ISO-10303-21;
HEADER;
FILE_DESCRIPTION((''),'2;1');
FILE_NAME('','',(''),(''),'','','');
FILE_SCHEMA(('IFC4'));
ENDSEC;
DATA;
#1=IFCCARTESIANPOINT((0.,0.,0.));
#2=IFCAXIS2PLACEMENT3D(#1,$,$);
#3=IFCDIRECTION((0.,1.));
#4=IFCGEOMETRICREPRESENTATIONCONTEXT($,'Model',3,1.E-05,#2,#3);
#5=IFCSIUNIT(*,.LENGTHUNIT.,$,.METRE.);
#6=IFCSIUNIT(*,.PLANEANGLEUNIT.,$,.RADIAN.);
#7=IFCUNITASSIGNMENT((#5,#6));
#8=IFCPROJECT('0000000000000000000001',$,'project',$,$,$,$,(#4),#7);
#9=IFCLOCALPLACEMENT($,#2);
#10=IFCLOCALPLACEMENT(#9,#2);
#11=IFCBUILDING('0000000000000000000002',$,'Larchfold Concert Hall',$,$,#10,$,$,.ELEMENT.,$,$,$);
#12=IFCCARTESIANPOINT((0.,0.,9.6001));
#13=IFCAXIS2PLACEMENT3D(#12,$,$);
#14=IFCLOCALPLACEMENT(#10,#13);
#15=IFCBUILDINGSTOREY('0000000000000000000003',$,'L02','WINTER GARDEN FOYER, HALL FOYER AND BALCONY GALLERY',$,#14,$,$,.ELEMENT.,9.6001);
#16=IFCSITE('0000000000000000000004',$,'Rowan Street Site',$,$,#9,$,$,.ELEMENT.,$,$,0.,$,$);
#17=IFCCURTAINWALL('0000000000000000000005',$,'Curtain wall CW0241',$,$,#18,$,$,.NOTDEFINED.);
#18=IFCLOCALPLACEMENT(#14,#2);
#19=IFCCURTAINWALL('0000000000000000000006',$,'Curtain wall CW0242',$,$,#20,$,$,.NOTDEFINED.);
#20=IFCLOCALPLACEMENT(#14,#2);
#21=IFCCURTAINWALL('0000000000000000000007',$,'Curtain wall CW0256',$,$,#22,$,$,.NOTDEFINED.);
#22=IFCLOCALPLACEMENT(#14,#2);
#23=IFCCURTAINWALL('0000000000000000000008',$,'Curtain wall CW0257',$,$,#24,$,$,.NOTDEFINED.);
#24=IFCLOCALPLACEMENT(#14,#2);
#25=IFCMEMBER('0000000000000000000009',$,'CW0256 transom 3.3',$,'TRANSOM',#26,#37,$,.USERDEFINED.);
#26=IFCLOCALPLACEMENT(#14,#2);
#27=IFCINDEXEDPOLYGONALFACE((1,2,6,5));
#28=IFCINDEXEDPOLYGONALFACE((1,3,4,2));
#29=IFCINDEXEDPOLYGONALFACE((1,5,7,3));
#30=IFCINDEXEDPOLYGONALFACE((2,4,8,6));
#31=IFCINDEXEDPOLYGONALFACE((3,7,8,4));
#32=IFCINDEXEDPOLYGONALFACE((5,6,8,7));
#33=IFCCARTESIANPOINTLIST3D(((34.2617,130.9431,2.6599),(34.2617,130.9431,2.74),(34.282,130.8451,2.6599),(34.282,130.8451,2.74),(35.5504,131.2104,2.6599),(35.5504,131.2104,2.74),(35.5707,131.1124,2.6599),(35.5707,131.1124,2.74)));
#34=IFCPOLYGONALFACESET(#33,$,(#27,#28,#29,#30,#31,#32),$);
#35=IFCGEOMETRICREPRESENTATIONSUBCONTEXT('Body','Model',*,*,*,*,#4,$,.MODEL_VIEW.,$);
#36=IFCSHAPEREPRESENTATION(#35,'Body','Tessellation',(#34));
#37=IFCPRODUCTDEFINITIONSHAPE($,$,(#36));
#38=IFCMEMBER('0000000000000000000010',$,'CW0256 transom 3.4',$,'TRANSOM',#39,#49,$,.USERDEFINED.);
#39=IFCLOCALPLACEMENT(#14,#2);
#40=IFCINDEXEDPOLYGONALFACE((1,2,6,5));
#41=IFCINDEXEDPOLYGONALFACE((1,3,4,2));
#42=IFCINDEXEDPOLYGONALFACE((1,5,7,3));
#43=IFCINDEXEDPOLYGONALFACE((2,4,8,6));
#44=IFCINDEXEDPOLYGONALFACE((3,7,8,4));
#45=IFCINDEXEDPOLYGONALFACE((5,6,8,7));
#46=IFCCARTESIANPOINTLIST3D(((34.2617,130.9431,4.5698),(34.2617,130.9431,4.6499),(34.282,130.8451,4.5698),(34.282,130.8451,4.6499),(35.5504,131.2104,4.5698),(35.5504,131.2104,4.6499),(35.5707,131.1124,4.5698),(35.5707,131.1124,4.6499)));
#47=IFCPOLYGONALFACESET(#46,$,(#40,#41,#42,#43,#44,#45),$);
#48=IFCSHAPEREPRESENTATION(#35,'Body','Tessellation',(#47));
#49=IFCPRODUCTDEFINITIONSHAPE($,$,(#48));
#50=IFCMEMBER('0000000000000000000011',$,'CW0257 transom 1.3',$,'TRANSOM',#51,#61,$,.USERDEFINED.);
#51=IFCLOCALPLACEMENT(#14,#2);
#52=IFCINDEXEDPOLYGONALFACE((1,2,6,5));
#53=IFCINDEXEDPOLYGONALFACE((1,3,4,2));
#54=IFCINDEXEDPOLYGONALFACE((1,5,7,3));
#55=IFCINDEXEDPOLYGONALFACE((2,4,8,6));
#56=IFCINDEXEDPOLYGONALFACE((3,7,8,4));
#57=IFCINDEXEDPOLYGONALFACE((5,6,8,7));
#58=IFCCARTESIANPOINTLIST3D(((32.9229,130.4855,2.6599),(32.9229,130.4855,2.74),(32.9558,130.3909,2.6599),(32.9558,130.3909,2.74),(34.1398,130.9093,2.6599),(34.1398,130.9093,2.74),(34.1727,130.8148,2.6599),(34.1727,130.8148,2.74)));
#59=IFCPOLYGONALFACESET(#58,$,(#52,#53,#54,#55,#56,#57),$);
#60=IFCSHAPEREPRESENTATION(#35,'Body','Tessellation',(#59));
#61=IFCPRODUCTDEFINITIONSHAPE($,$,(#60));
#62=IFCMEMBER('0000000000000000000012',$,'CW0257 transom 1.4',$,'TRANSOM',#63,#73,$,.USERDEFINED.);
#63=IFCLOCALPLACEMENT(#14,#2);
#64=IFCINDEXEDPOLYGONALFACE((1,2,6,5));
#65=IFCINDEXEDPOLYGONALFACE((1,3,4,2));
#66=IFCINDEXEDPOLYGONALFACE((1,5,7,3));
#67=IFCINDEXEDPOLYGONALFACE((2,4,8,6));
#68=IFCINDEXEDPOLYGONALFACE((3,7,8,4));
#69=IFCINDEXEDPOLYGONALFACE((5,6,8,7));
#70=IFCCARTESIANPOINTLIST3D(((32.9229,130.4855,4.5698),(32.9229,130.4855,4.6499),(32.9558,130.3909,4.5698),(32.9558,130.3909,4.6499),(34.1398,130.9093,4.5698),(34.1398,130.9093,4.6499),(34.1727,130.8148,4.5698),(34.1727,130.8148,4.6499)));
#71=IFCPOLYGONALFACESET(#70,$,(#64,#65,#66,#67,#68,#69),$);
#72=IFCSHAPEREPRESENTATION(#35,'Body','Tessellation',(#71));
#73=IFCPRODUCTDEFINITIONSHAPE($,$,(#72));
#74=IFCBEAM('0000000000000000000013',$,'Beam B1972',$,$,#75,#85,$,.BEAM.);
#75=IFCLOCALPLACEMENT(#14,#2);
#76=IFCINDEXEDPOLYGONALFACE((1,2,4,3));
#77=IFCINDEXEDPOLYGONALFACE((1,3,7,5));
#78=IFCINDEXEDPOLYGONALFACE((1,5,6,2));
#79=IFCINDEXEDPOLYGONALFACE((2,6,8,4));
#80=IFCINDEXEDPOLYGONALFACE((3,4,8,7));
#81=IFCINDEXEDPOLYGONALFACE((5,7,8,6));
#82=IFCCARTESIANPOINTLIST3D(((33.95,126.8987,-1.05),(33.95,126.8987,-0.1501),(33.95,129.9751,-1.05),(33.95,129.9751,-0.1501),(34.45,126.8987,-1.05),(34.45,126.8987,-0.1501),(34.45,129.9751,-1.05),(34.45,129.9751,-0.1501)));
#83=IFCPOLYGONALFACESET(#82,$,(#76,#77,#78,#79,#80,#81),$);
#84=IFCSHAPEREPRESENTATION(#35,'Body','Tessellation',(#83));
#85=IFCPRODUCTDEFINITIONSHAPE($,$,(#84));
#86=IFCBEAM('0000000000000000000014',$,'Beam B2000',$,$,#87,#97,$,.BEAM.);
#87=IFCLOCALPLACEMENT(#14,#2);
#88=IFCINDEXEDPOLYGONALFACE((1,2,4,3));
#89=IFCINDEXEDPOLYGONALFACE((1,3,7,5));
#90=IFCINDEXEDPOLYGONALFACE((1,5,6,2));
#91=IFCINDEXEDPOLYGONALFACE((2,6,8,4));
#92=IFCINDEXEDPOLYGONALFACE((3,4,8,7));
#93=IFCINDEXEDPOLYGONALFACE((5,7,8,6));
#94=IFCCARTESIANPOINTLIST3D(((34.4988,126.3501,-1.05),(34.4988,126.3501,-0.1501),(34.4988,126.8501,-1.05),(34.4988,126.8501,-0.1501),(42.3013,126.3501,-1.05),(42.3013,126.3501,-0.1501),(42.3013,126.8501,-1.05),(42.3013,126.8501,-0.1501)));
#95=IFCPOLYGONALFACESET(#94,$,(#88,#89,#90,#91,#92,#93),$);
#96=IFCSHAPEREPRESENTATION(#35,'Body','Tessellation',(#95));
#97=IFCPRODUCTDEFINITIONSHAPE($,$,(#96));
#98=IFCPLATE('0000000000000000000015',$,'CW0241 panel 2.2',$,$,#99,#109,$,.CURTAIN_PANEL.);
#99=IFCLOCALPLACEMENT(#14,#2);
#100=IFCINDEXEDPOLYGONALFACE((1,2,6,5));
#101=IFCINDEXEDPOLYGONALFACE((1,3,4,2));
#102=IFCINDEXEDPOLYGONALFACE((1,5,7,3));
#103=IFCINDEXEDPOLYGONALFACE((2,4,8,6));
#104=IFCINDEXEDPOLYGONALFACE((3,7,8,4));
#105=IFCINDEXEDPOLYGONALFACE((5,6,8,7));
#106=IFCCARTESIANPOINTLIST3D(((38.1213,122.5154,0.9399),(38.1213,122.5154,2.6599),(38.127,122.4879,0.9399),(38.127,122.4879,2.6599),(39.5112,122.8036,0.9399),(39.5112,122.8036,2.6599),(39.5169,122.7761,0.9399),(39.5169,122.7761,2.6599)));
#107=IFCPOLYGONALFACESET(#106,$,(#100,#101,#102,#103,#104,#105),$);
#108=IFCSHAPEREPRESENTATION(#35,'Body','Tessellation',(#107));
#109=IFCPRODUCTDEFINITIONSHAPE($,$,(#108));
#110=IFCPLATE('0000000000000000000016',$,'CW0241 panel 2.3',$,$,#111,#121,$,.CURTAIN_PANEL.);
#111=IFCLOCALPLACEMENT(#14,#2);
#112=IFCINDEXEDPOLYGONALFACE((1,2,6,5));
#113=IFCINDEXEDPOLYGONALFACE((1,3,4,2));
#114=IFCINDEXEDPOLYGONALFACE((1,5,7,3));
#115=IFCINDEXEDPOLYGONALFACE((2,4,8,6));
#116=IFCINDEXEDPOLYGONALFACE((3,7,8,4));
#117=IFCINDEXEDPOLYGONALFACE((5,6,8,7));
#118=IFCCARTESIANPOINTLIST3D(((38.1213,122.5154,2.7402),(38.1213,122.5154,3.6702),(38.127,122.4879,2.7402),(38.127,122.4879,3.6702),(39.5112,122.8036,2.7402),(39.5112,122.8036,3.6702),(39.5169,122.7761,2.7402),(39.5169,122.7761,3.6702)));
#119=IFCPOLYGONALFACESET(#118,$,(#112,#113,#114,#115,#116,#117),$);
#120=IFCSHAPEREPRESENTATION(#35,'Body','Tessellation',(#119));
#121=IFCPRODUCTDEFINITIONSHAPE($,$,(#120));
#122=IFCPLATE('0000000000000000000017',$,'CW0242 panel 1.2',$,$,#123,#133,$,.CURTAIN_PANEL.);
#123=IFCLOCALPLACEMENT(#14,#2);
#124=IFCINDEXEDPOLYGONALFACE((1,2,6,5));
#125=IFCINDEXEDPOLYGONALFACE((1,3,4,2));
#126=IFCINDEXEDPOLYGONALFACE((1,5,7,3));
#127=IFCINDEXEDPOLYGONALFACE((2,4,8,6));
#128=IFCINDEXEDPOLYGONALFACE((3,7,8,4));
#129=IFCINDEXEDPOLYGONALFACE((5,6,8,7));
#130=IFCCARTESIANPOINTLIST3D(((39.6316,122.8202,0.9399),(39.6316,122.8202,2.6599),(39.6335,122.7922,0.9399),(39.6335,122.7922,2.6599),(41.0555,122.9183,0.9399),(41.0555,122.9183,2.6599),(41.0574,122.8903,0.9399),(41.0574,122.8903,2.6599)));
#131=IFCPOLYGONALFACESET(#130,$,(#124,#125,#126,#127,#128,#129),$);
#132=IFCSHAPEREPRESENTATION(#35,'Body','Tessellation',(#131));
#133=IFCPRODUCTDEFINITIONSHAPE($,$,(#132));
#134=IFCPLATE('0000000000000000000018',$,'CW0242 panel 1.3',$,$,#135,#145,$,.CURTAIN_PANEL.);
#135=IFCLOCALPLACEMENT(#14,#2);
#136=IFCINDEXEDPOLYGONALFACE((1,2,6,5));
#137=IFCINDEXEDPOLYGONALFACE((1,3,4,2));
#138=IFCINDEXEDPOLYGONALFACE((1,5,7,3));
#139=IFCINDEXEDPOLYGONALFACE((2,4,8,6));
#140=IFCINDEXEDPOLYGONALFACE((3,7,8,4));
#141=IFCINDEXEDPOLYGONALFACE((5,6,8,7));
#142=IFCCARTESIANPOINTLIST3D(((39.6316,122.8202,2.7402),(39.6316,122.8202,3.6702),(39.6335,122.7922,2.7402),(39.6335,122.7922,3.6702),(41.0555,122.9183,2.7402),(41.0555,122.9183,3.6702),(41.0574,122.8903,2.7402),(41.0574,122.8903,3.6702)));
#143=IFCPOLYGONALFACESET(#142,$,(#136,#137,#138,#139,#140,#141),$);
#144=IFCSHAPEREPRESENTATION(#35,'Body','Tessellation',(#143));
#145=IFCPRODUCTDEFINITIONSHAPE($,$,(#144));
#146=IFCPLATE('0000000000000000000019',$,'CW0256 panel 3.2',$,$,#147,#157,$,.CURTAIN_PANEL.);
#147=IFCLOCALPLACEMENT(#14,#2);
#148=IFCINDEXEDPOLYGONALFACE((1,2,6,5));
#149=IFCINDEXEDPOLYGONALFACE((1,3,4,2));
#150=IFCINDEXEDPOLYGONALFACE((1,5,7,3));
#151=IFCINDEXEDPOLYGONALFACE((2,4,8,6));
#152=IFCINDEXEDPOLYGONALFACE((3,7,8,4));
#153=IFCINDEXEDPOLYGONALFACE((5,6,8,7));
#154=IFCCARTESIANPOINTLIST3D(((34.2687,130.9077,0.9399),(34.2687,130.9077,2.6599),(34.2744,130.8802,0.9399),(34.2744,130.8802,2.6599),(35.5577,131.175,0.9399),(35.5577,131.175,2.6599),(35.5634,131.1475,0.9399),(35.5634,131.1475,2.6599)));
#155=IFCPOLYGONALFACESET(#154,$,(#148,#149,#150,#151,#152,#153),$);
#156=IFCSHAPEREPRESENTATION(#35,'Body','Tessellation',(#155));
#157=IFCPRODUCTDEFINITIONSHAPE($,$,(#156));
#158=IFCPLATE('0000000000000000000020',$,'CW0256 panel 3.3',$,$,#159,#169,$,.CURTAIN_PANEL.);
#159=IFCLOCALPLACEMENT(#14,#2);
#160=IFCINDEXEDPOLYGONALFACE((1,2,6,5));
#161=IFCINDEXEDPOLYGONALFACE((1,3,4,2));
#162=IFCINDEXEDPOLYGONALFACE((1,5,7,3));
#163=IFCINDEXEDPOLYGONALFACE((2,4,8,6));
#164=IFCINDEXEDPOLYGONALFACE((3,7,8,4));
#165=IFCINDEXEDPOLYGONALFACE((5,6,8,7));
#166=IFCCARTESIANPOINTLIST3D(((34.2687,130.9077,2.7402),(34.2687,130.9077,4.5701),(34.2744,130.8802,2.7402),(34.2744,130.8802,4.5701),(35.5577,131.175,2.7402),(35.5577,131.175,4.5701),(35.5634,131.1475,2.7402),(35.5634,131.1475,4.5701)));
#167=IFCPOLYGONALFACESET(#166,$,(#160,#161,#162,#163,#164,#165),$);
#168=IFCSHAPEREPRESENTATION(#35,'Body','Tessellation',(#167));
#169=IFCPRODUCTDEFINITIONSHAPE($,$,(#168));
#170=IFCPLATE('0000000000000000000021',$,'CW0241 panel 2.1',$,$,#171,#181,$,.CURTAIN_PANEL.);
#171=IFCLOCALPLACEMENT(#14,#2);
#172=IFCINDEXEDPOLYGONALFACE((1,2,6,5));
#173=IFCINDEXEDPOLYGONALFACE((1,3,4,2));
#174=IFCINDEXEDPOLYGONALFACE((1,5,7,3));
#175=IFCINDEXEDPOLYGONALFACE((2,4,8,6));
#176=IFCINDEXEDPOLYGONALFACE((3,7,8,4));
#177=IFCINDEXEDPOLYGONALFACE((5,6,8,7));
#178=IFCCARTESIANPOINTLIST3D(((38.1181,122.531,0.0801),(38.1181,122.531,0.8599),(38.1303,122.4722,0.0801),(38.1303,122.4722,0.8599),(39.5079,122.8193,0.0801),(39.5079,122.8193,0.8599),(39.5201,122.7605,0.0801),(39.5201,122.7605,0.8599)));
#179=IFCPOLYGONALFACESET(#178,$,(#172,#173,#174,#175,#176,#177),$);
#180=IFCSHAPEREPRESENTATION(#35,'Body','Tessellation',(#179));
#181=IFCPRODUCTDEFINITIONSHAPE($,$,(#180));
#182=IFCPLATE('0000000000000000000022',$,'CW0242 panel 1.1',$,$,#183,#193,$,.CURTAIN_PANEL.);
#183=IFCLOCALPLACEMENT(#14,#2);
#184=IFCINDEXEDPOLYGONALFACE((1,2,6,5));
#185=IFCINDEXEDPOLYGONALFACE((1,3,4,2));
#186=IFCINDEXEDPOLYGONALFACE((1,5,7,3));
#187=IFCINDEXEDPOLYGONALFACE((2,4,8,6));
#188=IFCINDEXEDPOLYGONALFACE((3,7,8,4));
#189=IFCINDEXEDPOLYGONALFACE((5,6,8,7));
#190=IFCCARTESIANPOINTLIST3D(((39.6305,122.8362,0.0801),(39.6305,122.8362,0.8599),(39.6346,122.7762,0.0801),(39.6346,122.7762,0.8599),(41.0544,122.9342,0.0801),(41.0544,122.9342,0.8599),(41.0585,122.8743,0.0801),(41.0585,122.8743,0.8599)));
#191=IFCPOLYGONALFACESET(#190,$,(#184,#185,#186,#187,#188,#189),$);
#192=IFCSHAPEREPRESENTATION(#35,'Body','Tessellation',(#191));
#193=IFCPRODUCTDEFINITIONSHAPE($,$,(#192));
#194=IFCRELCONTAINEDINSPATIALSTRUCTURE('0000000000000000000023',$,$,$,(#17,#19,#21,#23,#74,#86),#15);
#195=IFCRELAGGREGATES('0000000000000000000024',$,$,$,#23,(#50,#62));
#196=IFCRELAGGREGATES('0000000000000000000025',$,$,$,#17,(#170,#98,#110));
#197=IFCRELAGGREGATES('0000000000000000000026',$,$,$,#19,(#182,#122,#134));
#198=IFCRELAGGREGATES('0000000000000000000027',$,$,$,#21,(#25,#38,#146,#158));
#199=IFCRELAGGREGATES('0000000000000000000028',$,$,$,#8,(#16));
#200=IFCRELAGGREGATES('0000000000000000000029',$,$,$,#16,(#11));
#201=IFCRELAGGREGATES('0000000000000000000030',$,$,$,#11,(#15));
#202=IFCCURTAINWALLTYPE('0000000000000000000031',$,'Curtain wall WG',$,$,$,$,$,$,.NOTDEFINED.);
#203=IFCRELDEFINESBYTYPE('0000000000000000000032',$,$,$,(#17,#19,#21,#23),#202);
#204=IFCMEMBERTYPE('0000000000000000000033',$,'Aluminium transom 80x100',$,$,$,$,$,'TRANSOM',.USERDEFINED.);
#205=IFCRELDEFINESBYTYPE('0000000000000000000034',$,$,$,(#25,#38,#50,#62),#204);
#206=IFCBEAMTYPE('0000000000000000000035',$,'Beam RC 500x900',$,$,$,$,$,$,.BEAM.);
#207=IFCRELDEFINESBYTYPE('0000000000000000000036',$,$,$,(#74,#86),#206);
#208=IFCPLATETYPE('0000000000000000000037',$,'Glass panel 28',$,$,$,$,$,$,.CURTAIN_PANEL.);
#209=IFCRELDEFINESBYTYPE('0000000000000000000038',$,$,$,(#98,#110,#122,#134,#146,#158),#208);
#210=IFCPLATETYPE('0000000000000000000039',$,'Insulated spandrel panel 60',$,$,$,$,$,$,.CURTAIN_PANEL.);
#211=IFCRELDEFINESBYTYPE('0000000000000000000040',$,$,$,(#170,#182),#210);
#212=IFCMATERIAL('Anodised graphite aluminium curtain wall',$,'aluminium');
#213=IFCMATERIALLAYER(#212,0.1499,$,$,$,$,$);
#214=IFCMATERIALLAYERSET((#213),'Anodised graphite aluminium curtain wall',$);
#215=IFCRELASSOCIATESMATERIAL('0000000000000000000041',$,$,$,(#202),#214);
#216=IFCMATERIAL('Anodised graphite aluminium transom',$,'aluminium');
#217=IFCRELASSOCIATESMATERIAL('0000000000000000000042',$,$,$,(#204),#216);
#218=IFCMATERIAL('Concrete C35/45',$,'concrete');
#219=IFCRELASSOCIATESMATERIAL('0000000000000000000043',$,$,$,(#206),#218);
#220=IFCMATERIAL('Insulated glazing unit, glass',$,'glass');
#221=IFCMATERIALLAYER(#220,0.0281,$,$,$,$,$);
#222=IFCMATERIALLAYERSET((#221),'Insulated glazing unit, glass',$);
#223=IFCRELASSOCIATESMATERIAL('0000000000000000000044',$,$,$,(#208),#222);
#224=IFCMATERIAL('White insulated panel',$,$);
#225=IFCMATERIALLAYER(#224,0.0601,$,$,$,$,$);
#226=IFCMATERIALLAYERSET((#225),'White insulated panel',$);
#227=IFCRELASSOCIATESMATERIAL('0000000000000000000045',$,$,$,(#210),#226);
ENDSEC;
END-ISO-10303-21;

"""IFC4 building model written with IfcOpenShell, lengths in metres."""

from ifc_helpers import new_model, si_unit, direction, frame, origin, origin_2d, place, context, subcontext, project, spatial, rectangle, extrude, material, layer, layer_set, material_profile, profile_set, type_object, element, aggregate, save


model = new_model("IFC4")

# Units and contexts
model_context = context("Model", 3, precision=1e-05, world=origin(), true_north=direction((0.0, 1.0)))
body_context = subcontext(model_context, "Body", "Model", "MODEL_VIEW")
ifc_project = project(units=[si_unit("LENGTHUNIT", "METRE"), si_unit("PLANEANGLEUNIT", "RADIAN")], contexts=[model_context])

# Site, building, storey
site_placement = place(None, origin())
site = spatial("IfcSite", under=ifc_project, at=site_placement, Name="Rowan Street Site", CompositionType="ELEMENT", RefElevation=0.0)
building_placement = place(site_placement, origin())
building = spatial("IfcBuilding", under=site, at=building_placement, Name="Larchfold Concert Hall", CompositionType="ELEMENT")
storey_placement = place(building_placement, frame((0.0, 0.0, 9.6001)))
storey = spatial("IfcBuildingStorey", under=building, at=storey_placement, Name="L02", Description="WINTER GARDEN FOYER, HALL FOYER AND BALCONY GALLERY", CompositionType="ELEMENT", Elevation=9.6001)

# Curtain walls
ifc_material_1 = material(Name="Anodised graphite aluminium curtain wall", Category="aluminium")
ifc_layer_1 = layer(ifc_material_1, 0.1499)
ifc_layer_set_1 = layer_set([ifc_layer_1], Name="Anodised graphite aluminium curtain wall")
curtain_wall_type = type_object("IfcCurtainWallType", Name="Curtain wall WG", PredefinedType="NOTDEFINED", material=ifc_layer_set_1)
curtain_wall_1_placement = place(storey_placement, origin())
curtain_wall_1 = element("IfcCurtainWall", 1, at=curtain_wall_1_placement, inside=storey, type_object=curtain_wall_type, Name="Curtain wall CW0241", PredefinedType="NOTDEFINED")
curtain_wall_2_placement = place(storey_placement, origin())
curtain_wall_2 = element("IfcCurtainWall", 2, at=curtain_wall_2_placement, inside=storey, type_object=curtain_wall_type, Name="Curtain wall CW0242", PredefinedType="NOTDEFINED")

# Curtain wall
curtain_wall_3_placement = place(storey_placement, origin())
curtain_wall_3 = element("IfcCurtainWall", 3, at=curtain_wall_3_placement, inside=storey, type_object=curtain_wall_type, Name="Curtain wall CW0256", PredefinedType="NOTDEFINED")

# Curtain wall
curtain_wall_4_placement = place(storey_placement, origin())
curtain_wall_4 = element("IfcCurtainWall", 4, at=curtain_wall_4_placement, inside=storey, type_object=curtain_wall_type, Name="Curtain wall CW0257", PredefinedType="NOTDEFINED")

# Members
ifc_material_2 = material(Name="Anodised graphite aluminium transom", Category="aluminium")
ifc_material_profile_1 = material_profile(ifc_material_2, rectangle(XDim=0.1001, YDim=0.0801, at=origin_2d()))
ifc_profile_set_1 = profile_set([ifc_material_profile_1], Name="Anodised graphite aluminium transom")
member_type_1 = type_object("IfcMemberType", Name="Aluminium transom 80x100", ElementType="TRANSOM", PredefinedType="USERDEFINED", material=ifc_profile_set_1)
member_1_placement = place(storey_placement, frame((35.5605, 131.1614, 2.7), z_axis=(-0.979158, -0.203102, 0.0), x_axis=(0.203102, -0.979158, 0.0)))
member_1 = element("IfcMember", 5, at=member_1_placement, type_object=member_type_1, Name="CW0256 transom 3.3", ObjectType="TRANSOM", PredefinedType="USERDEFINED", context=body_context, shape_type="SweptSolid", body=[
    extrude(rectangle(XDim=0.1001, YDim=0.0801, at=origin_2d()), origin(), (0.0, 0.0, 1.0), 1.3162),
])
member_2_placement = place(storey_placement, frame((35.5605, 131.1614, 4.6099), z_axis=(-0.979158, -0.203102, 0.0), x_axis=(0.203102, -0.979158, 0.0)))
member_2 = element("IfcMember", 6, at=member_2_placement, type_object=member_type_1, Name="CW0256 transom 3.4", ObjectType="TRANSOM", PredefinedType="USERDEFINED", context=body_context, shape_type="SweptSolid", body=[
    extrude(rectangle(XDim=0.1001, YDim=0.0801, at=origin_2d()), origin(), (0.0, 0.0, 1.0), 1.3162),
])
member_3_placement = place(storey_placement, frame((34.1562, 130.8621, 2.7), z_axis=(-0.944354, -0.328932, 0.0), x_axis=(0.328932, -0.944354, 0.0)))
member_3 = element("IfcMember", 7, at=member_3_placement, type_object=member_type_1, Name="CW0257 transom 1.3", ObjectType="TRANSOM", PredefinedType="USERDEFINED", context=body_context, shape_type="SweptSolid", body=[
    extrude(rectangle(XDim=0.1001, YDim=0.0801, at=origin_2d()), origin(), (0.0, 0.0, 1.0), 1.2886),
])
member_4_placement = place(storey_placement, frame((34.1562, 130.8621, 4.6099), z_axis=(-0.944354, -0.328932, 0.0), x_axis=(0.328932, -0.944354, 0.0)))
member_4 = element("IfcMember", 8, at=member_4_placement, type_object=member_type_1, Name="CW0257 transom 1.4", ObjectType="TRANSOM", PredefinedType="USERDEFINED", context=body_context, shape_type="SweptSolid", body=[
    extrude(rectangle(XDim=0.1001, YDim=0.0801, at=origin_2d()), origin(), (0.0, 0.0, 1.0), 1.2886),
])
aggregate(curtain_wall_4, [member_3, member_4])

# Beams
ifc_material_3 = material(Name="Concrete C35/45", Category="concrete")
ifc_material_profile_2 = material_profile(ifc_material_3, rectangle(XDim=0.5, YDim=0.8999, at=origin_2d()))
ifc_profile_set_2 = profile_set([ifc_material_profile_2], Name="Concrete C35/45")
beam_type = type_object("IfcBeamType", Name="Beam RC 500x900", PredefinedType="BEAM", material=ifc_profile_set_2)
beam_1_placement = place(storey_placement, frame((34.2, 126.8987, -0.6001), z_axis=(0.0, 1.0, 0.0), x_axis=(-1.0, 0.0, 0.0)))
element("IfcBeam", 9, at=beam_1_placement, inside=storey, type_object=beam_type, Name="Beam B1972", PredefinedType="BEAM", context=body_context, shape_type="SweptSolid", body=[
    extrude(rectangle(XDim=0.5, YDim=0.8999, at=origin_2d()), origin(), (0.0, 0.0, 1.0), 3.0764),
])
beam_2_placement = place(storey_placement, frame((34.4988, 126.6001, -0.6001), z_axis=(1.0, 0.0, 0.0), x_axis=(0.0, 1.0, 0.0)))
element("IfcBeam", 10, at=beam_2_placement, inside=storey, type_object=beam_type, Name="Beam B2000", PredefinedType="BEAM", context=body_context, shape_type="SweptSolid", body=[
    extrude(rectangle(XDim=0.5, YDim=0.8999, at=origin_2d()), origin(), (0.0, 0.0, 1.0), 7.8025),
])

# Plates
ifc_material_4 = material(Name="Insulated glazing unit, glass", Category="glass")
ifc_layer_2 = layer(ifc_material_4, 0.0281)
ifc_layer_set_2 = layer_set([ifc_layer_2], Name="Insulated glazing unit, glass")
plate_type_1 = type_object("IfcPlateType", Name="Glass panel 28", PredefinedType="CURTAIN_PANEL", material=ifc_layer_set_2)
plate_1_placement = place(storey_placement, frame((38.8191, 122.6458, 0.9399), z_axis=(0.0, 0.0, 1.0), x_axis=(0.979166, 0.203063, 0.0)))
plate_1 = element("IfcPlate", 11, at=plate_1_placement, type_object=plate_type_1, Name="CW0241 panel 2.2", PredefinedType="CURTAIN_PANEL", context=body_context, shape_type="SweptSolid", body=[
    extrude(rectangle(XDim=1.4194, YDim=0.0281, at=origin_2d()), origin(), (0.0, 0.0, 1.0), 1.72),
])
plate_2_placement = place(storey_placement, frame((38.8191, 122.6458, 2.7402), z_axis=(0.0, 0.0, 1.0), x_axis=(0.979166, 0.203063, 0.0)))
plate_2 = element("IfcPlate", 12, at=plate_2_placement, type_object=plate_type_1, Name="CW0241 panel 2.3", PredefinedType="CURTAIN_PANEL", context=body_context, shape_type="SweptSolid", body=[
    extrude(rectangle(XDim=1.4194, YDim=0.0281, at=origin_2d()), origin(), (0.0, 0.0, 1.0), 0.9299),
])
plate_3_placement = place(storey_placement, frame((40.3445, 122.8552, 0.9399), z_axis=(0.0, 0.0, 1.0), x_axis=(0.997637, 0.068708, 0.0)))
plate_3 = element("IfcPlate", 13, at=plate_3_placement, type_object=plate_type_1, Name="CW0242 panel 1.2", PredefinedType="CURTAIN_PANEL", context=body_context, shape_type="SweptSolid", body=[
    extrude(rectangle(XDim=1.4272, YDim=0.0281, at=origin_2d()), origin(), (0.0, 0.0, 1.0), 1.72),
])
plate_4_placement = place(storey_placement, frame((40.3445, 122.8552, 2.7402), z_axis=(0.0, 0.0, 1.0), x_axis=(0.997637, 0.068708, 0.0)))
plate_4 = element("IfcPlate", 14, at=plate_4_placement, type_object=plate_type_1, Name="CW0242 panel 1.3", PredefinedType="CURTAIN_PANEL", context=body_context, shape_type="SweptSolid", body=[
    extrude(rectangle(XDim=1.4272, YDim=0.0281, at=origin_2d()), origin(), (0.0, 0.0, 1.0), 0.9299),
])
plate_5_placement = place(storey_placement, frame((34.916, 131.0276, 0.9399), z_axis=(0.0, 0.0, 1.0), x_axis=(-0.979167, -0.203055, 0.0)))
plate_5 = element("IfcPlate", 15, at=plate_5_placement, type_object=plate_type_1, Name="CW0256 panel 3.2", PredefinedType="CURTAIN_PANEL", context=body_context, shape_type="SweptSolid", body=[
    extrude(rectangle(XDim=1.3164, YDim=0.0281, at=origin_2d()), origin(), (0.0, 0.0, 1.0), 1.72),
])
plate_6_placement = place(storey_placement, frame((34.916, 131.0276, 2.7402), z_axis=(0.0, 0.0, 1.0), x_axis=(-0.979167, -0.203055, 0.0)))
plate_6 = element("IfcPlate", 16, at=plate_6_placement, type_object=plate_type_1, Name="CW0256 panel 3.3", PredefinedType="CURTAIN_PANEL", context=body_context, shape_type="SweptSolid", body=[
    extrude(rectangle(XDim=1.3164, YDim=0.0281, at=origin_2d()), origin(), (0.0, 0.0, 1.0), 1.8298),
])
ifc_material_5 = material(Name="White insulated panel")
ifc_layer_3 = layer(ifc_material_5, 0.0601)
ifc_layer_set_3 = layer_set([ifc_layer_3], Name="White insulated panel")
plate_type_2 = type_object("IfcPlateType", Name="Insulated spandrel panel 60", PredefinedType="CURTAIN_PANEL", material=ifc_layer_set_3)
plate_7_placement = place(storey_placement, frame((38.8191, 122.6458, 0.0801), z_axis=(0.0, 0.0, 1.0), x_axis=(0.979166, 0.203063, 0.0)))
plate_7 = element("IfcPlate", 17, at=plate_7_placement, type_object=plate_type_2, Name="CW0241 panel 2.1", PredefinedType="CURTAIN_PANEL", context=body_context, shape_type="SweptSolid", body=[
    extrude(rectangle(XDim=1.4194, YDim=0.0601, at=origin_2d()), origin(), (0.0, 0.0, 1.0), 0.7798),
])
aggregate(curtain_wall_1, [plate_7, plate_1, plate_2])
plate_8_placement = place(storey_placement, frame((40.3445, 122.8552, 0.0801), z_axis=(0.0, 0.0, 1.0), x_axis=(0.997637, 0.068708, 0.0)))
plate_8 = element("IfcPlate", 18, at=plate_8_placement, type_object=plate_type_2, Name="CW0242 panel 1.1", PredefinedType="CURTAIN_PANEL", context=body_context, shape_type="SweptSolid", body=[
    extrude(rectangle(XDim=1.4272, YDim=0.0601, at=origin_2d()), origin(), (0.0, 0.0, 1.0), 0.7798),
])
aggregate(curtain_wall_2, [plate_8, plate_3, plate_4])
aggregate(curtain_wall_3, [member_1, member_2, plate_5, plate_6])

save(model, "model.ifc")
